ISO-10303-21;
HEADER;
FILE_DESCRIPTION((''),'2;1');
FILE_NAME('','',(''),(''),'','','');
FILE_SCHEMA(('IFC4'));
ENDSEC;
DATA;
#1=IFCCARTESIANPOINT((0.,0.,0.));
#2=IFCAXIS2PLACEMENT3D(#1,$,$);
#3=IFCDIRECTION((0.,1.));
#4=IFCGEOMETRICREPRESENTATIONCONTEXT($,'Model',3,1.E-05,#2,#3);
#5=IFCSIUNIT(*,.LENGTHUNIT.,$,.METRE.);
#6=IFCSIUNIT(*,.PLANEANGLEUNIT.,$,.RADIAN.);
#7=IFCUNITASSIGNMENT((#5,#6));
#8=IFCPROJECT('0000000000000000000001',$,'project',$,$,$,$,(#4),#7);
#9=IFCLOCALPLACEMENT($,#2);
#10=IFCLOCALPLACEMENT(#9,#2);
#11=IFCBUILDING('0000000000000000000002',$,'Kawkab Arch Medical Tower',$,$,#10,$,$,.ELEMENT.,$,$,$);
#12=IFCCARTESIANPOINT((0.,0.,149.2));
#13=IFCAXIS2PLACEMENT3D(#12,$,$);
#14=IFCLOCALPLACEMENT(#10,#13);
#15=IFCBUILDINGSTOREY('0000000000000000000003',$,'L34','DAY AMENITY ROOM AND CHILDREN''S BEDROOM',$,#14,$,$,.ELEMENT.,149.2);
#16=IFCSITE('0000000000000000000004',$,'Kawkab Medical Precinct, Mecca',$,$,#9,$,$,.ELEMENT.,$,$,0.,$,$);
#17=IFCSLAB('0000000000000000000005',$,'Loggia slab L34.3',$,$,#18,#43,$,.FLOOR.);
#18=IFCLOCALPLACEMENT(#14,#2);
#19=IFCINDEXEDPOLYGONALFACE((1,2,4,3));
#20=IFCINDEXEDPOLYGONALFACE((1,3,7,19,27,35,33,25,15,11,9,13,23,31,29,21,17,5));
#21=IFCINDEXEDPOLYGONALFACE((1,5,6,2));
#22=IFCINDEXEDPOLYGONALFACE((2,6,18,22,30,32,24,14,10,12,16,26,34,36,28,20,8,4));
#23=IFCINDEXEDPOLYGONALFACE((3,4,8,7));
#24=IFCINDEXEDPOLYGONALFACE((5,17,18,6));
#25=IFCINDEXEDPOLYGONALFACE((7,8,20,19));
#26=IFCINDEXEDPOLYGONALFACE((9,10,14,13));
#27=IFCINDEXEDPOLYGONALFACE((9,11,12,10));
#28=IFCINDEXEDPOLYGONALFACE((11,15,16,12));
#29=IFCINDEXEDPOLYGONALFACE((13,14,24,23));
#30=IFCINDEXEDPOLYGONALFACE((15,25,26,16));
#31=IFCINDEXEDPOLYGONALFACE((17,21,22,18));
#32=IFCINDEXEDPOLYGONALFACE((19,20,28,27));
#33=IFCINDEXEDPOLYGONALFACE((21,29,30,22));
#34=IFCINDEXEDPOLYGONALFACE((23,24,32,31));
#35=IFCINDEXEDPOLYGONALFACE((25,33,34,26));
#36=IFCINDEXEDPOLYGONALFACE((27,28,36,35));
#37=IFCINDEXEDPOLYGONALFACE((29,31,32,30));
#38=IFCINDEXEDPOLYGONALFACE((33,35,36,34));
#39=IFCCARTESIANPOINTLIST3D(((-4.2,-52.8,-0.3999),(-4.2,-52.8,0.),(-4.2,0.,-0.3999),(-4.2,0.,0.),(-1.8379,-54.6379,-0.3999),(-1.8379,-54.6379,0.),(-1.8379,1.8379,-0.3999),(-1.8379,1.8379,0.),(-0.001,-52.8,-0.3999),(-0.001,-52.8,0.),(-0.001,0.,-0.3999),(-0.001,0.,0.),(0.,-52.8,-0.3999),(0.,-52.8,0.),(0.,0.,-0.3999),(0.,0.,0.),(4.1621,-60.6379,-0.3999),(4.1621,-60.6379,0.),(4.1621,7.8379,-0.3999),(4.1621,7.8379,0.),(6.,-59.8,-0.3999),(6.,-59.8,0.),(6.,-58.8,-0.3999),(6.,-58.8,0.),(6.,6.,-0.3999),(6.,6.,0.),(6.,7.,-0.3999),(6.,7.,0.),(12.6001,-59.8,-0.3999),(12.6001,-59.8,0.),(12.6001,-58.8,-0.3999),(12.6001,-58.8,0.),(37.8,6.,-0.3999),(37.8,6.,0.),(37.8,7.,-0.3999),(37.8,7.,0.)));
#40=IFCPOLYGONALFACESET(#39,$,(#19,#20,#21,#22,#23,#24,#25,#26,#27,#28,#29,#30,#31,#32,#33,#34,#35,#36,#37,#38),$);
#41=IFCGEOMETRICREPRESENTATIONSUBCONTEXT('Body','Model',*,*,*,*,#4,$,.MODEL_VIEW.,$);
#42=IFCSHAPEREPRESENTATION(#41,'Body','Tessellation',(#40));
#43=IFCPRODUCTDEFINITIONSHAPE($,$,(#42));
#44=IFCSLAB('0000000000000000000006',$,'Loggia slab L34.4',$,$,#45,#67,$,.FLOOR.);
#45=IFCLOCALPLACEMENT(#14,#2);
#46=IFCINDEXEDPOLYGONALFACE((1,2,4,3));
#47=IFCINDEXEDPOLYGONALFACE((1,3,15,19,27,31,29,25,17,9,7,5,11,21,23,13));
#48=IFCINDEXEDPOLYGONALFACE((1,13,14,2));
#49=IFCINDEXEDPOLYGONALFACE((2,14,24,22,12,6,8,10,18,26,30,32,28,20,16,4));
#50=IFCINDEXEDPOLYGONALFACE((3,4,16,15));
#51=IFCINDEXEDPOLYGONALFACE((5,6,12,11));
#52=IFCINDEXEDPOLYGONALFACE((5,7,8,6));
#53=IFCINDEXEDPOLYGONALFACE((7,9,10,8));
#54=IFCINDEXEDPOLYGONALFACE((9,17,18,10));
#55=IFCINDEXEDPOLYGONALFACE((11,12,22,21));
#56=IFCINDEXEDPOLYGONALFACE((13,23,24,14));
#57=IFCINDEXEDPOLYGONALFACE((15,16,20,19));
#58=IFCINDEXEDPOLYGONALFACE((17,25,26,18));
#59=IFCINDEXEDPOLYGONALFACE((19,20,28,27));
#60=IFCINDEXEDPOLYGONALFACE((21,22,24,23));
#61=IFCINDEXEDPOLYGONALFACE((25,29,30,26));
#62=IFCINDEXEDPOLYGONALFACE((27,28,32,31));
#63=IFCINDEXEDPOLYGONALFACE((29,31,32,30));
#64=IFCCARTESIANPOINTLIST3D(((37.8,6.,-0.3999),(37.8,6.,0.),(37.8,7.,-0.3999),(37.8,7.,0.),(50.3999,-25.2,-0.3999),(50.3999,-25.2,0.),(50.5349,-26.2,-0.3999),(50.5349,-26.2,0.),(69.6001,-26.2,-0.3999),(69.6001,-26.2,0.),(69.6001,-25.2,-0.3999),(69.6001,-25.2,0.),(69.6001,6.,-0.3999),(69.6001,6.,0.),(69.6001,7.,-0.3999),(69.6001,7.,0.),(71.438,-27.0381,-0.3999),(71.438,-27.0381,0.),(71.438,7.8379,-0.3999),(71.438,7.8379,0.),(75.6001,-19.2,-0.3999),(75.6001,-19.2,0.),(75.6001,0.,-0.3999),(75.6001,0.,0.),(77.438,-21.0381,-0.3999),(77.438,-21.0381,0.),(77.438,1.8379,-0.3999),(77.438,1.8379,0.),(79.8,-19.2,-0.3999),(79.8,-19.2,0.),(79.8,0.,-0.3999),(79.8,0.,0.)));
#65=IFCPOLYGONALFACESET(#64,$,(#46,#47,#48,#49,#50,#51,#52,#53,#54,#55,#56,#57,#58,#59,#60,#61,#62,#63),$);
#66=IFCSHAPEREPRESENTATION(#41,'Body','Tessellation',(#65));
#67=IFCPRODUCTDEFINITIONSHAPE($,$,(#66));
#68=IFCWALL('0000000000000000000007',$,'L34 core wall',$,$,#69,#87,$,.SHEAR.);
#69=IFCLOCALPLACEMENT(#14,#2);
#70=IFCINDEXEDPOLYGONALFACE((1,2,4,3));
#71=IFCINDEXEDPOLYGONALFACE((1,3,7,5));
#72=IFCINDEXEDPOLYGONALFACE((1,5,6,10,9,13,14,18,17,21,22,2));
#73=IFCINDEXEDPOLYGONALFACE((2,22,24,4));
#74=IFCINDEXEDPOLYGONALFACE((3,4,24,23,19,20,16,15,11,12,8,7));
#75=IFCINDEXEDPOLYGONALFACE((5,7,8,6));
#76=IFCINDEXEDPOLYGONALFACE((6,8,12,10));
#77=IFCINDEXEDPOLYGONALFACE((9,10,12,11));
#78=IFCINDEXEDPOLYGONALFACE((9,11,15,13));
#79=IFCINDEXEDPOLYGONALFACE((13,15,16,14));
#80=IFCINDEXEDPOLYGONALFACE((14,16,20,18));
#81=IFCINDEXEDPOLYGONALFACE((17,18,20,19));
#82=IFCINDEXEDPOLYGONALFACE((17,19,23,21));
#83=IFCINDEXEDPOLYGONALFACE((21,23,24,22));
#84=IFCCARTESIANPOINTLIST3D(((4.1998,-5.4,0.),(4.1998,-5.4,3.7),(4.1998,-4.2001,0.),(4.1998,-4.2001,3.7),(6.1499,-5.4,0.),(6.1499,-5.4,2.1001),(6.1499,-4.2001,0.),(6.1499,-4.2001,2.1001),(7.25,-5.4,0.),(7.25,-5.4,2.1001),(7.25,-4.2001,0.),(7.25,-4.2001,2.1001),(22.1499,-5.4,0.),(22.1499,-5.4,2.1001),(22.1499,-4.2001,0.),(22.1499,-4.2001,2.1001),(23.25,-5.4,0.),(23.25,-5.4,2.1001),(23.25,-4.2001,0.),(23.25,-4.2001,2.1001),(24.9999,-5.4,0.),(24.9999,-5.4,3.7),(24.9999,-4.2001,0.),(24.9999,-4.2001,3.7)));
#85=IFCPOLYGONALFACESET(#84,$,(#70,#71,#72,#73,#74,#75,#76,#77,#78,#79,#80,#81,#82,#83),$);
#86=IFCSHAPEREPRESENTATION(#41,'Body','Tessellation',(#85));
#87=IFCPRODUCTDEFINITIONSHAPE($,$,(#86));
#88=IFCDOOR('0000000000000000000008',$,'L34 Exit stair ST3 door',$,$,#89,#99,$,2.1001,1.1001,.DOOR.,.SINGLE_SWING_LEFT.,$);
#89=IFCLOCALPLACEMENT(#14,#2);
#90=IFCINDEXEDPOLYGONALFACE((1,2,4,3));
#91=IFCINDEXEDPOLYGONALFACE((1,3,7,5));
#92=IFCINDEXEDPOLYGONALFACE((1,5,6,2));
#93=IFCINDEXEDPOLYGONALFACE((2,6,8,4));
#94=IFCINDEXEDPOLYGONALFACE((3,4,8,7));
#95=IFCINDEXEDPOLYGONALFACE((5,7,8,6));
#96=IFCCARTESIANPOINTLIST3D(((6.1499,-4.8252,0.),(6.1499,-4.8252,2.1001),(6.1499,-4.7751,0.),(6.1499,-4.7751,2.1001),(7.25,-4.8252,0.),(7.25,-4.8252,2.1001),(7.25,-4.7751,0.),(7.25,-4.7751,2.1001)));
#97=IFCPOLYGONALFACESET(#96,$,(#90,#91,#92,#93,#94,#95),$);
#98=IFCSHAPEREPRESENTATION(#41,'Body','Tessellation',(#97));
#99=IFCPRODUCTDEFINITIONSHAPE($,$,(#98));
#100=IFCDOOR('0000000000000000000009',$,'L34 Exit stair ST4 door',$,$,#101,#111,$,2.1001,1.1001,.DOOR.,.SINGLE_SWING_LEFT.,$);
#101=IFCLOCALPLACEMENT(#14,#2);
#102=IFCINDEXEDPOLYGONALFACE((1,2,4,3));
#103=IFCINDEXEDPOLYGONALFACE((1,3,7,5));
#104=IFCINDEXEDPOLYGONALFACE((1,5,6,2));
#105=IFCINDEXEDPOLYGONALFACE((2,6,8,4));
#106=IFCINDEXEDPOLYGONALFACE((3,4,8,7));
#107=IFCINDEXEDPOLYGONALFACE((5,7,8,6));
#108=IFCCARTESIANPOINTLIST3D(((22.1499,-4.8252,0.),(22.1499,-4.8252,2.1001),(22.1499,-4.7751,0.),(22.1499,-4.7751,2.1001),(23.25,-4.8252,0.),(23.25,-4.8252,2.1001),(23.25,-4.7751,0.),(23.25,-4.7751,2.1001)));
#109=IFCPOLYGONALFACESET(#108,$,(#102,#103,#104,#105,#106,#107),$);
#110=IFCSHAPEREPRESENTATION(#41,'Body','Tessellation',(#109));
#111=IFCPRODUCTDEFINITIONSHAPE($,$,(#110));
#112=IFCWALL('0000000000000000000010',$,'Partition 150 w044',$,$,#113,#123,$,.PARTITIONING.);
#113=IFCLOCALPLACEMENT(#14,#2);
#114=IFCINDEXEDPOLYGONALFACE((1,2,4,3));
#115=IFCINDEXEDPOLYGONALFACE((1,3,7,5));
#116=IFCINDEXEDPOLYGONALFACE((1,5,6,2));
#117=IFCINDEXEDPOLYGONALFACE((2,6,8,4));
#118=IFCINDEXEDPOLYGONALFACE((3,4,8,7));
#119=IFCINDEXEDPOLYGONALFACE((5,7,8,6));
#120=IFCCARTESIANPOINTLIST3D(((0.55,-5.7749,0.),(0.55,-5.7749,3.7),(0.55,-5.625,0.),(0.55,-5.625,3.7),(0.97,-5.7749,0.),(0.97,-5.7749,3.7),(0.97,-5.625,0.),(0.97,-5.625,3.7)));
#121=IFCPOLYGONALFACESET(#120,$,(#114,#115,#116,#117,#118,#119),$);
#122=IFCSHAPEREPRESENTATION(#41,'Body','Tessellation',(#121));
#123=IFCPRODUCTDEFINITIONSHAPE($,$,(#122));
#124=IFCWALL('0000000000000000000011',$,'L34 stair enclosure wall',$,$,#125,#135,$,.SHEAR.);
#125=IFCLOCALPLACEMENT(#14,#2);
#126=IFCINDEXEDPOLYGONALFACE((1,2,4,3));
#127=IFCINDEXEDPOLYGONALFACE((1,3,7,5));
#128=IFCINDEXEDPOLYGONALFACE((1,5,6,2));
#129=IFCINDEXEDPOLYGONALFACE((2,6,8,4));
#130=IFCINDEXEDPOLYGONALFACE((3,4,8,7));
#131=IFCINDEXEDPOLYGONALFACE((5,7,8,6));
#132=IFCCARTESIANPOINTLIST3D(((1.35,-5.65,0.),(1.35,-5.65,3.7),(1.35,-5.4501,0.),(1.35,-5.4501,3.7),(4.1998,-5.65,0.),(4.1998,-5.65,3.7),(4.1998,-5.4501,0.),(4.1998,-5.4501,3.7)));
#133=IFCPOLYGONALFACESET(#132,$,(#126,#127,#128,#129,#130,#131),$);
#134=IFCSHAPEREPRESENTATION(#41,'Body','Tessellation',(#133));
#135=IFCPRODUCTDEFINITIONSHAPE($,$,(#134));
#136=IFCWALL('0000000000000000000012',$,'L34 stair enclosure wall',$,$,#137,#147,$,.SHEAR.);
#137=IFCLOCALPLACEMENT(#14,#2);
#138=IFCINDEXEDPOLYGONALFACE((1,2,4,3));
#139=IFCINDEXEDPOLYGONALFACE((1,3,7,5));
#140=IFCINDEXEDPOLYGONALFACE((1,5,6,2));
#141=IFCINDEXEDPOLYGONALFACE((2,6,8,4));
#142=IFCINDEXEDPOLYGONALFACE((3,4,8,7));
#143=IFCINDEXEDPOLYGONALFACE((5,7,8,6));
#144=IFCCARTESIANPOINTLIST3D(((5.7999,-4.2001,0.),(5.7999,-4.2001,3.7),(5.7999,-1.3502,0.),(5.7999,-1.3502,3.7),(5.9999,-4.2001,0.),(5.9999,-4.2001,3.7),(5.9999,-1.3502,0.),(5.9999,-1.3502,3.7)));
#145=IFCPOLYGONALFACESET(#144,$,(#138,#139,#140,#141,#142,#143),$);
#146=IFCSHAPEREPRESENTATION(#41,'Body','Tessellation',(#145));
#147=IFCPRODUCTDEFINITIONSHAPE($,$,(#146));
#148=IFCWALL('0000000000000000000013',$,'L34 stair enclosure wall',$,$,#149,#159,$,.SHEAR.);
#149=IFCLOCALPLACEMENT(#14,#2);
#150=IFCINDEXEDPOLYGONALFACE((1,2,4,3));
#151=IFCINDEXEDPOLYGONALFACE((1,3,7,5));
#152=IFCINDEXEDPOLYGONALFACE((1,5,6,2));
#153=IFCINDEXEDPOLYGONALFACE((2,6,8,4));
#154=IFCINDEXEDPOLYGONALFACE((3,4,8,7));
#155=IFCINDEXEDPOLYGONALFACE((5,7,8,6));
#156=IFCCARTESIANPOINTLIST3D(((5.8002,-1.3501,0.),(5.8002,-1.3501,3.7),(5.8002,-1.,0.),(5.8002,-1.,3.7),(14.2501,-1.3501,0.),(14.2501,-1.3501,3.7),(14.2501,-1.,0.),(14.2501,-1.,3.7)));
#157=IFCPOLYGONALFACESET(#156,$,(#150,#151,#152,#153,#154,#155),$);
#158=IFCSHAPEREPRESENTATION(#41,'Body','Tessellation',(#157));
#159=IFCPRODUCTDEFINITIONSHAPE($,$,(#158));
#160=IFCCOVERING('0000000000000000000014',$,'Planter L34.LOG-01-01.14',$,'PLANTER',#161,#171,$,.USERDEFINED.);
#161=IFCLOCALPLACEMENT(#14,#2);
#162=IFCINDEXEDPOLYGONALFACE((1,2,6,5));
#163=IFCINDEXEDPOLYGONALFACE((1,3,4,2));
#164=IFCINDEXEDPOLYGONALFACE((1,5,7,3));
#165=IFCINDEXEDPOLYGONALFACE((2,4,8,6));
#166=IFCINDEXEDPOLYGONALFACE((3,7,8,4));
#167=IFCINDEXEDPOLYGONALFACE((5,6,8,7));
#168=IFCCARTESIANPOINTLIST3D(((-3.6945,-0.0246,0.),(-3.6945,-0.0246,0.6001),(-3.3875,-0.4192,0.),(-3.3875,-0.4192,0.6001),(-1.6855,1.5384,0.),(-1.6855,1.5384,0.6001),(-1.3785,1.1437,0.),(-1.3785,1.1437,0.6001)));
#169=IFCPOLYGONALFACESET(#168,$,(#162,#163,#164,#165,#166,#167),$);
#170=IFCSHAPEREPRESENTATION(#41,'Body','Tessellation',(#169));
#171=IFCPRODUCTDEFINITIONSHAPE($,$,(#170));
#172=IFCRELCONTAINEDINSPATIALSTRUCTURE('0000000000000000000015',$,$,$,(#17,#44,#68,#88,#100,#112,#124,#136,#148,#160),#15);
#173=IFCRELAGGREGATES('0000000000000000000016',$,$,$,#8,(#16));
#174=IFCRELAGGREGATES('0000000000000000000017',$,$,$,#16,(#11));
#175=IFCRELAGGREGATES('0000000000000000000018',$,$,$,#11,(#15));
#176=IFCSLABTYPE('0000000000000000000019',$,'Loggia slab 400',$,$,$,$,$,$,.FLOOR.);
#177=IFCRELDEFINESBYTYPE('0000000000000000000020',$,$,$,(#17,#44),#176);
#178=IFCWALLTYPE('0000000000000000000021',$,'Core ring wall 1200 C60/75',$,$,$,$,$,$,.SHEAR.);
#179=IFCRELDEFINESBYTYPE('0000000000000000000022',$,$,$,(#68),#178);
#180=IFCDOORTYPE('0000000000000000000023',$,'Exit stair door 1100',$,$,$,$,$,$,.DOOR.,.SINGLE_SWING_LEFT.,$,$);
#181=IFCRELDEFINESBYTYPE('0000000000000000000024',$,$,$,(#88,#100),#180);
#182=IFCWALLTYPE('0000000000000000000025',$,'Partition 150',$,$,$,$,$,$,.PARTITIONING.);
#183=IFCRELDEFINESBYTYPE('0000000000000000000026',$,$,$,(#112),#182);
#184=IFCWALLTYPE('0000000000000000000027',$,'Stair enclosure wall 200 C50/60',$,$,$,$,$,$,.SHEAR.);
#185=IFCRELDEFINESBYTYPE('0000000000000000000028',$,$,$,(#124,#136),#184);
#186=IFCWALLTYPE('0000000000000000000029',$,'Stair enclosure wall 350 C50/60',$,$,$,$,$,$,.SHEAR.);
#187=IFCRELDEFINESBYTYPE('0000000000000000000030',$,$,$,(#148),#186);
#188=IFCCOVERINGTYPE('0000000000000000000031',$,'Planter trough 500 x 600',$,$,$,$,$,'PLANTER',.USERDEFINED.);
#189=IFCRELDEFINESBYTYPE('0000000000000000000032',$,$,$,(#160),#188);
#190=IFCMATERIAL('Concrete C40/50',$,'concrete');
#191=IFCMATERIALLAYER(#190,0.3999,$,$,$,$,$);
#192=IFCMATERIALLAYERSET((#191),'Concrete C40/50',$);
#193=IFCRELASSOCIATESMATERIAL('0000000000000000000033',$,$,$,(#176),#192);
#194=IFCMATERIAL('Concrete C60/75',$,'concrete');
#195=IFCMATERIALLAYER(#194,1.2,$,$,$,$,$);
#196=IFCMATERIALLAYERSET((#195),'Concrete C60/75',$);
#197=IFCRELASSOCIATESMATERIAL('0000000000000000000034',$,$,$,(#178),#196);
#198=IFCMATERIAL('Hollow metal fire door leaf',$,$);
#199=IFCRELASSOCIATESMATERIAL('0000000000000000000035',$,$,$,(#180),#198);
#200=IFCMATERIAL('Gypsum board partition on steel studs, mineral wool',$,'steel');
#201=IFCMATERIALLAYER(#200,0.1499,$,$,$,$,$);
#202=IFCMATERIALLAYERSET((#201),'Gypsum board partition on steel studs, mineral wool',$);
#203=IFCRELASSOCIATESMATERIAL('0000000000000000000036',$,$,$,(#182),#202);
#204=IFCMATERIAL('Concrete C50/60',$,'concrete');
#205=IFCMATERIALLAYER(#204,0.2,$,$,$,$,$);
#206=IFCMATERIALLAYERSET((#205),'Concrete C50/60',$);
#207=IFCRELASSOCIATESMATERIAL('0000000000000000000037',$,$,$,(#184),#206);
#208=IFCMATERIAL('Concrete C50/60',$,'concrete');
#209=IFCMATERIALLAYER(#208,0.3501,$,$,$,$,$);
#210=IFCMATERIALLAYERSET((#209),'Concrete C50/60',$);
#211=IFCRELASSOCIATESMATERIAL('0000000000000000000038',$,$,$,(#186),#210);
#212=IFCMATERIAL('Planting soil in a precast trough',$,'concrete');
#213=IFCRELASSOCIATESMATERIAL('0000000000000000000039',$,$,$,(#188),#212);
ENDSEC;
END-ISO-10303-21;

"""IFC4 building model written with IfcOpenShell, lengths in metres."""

from ifc_helpers import new_model, si_unit, direction, frame, frame_2d, origin, origin_2d, place, context, subcontext, project, spatial, polyline, rectangle, outline, extrude, material, layer, layer_set, material_profile, profile_set, type_object, element, fill, save


model = new_model("IFC4")

# Units and contexts
model_context = context("Model", 3, precision=1e-05, world=origin(), true_north=direction((0.0, 1.0)))
body_context = subcontext(model_context, "Body", "Model", "MODEL_VIEW")
ifc_project = project(units=[si_unit("LENGTHUNIT", "METRE"), si_unit("PLANEANGLEUNIT", "RADIAN")], contexts=[model_context])

# Site, building, storey
site_placement = place(None, origin())
site = spatial("IfcSite", under=ifc_project, at=site_placement, Name="Kawkab Medical Precinct, Mecca", CompositionType="ELEMENT", RefElevation=0.0)
building_placement = place(site_placement, origin())
building = spatial("IfcBuilding", under=site, at=building_placement, Name="Kawkab Arch Medical Tower", CompositionType="ELEMENT")
storey_placement = place(building_placement, frame((0.0, 0.0, 149.2)))
storey = spatial("IfcBuildingStorey", under=building, at=storey_placement, Name="L34", Description="DAY AMENITY ROOM AND CHILDREN'S BEDROOM", CompositionType="ELEMENT", Elevation=149.2)

# Slabs
ifc_material_1 = material(Name="Concrete C40/50", Category="concrete")
ifc_layer_1 = layer(ifc_material_1, 0.3999)
ifc_layer_set_1 = layer_set([ifc_layer_1], Name="Concrete C40/50")
slab_type_1 = type_object("IfcSlabType", Name="Loggia slab 400", PredefinedType="FLOOR", material=ifc_layer_set_1)
placement_1 = place(storey_placement, frame((0.0, 0.0, -0.3999)))
element("IfcSlab", 1, at=placement_1, inside=storey, type_object=slab_type_1, Name="Loggia slab L34.3", PredefinedType="FLOOR", context=body_context, shape_type="SweptSolid", body=[
    extrude(outline(polyline([(-4.2, 0.0), (-1.8379, 1.8379), (4.1621, 7.8379), (6.0, 7.0), (37.8, 7.0), (37.8, 6.0), (6.0, 6.0), (0.0, 0.0), (-0.001, 0.0), (-0.001, -52.8), (0.0, -52.8), (6.0, -58.8), (12.6001, -58.8), (12.6001, -59.8), (6.0, -59.8), (4.1621, -60.6379), (-1.8379, -54.6379), (-4.2, -52.8), (-4.2, 0.0)])), origin(), (0.0, 0.0, 1.0), 0.3999),
])
element("IfcSlab", 2, at=placement_1, inside=storey, type_object=slab_type_1, Name="Loggia slab L34.4", PredefinedType="FLOOR", context=body_context, shape_type="SweptSolid", body=[
    extrude(outline(polyline([(37.8, 7.0), (69.6001, 7.0), (71.438, 7.8379), (77.438, 1.8379), (79.8, 0.0), (79.8, -19.2), (77.438, -21.0381), (71.438, -27.0381), (69.6001, -26.2), (50.5349, -26.2), (50.3999, -25.2), (69.6001, -25.2), (75.6001, -19.2), (75.6001, 0.0), (69.6001, 6.0), (37.8, 6.0), (37.8, 7.0)])), origin(), (0.0, 0.0, 1.0), 0.3999),
])

# Wall, openings, doors
ifc_material_2 = material(Name="Concrete C60/75", Category="concrete")
ifc_layer_2 = layer(ifc_material_2, 1.2)
ifc_layer_set_2 = layer_set([ifc_layer_2], Name="Concrete C60/75")
wall_type_1 = type_object("IfcWallType", Name="Core ring wall 1200 C60/75", PredefinedType="SHEAR", material=ifc_layer_set_2)
wall_1_placement = place(storey_placement, frame((4.2, -4.8, 0.0), z_axis=(0.0, 0.0, 1.0), x_axis=(1.0, 0.0, 0.0)))
wall_1 = element("IfcWall", 3, at=wall_1_placement, inside=storey, type_object=wall_type_1, Name="L34 core wall", PredefinedType="SHEAR", context=body_context, shape_type="SweptSolid", body=[
    extrude(rectangle(XDim=20.8, YDim=1.2, at=frame_2d((10.3999, 0.0))), origin(), (0.0, 0.0, 1.0), 3.7),
])
opening_1_placement = place(wall_1_placement, frame((1.95, 0.0, 0.0)))
opening_1 = element("IfcOpeningElement", 4, at=opening_1_placement, cuts=wall_1, PredefinedType="OPENING", context=body_context, shape_type="SweptSolid", body=[
    extrude(rectangle(XDim=1.1001, YDim=2.1001, at=frame_2d((0.55, 1.05))), frame((0.0, 0.6099, 0.0), z_axis=(0.0, -1.0, 0.0), x_axis=(1.0, 0.0, 0.0)), (0.0, 0.0, 1.0), 1.22),
])
opening_2_placement = place(wall_1_placement, frame((17.95, 0.0, 0.0)))
opening_2 = element("IfcOpeningElement", 5, at=opening_2_placement, cuts=wall_1, PredefinedType="OPENING", context=body_context, shape_type="SweptSolid", body=[
    extrude(rectangle(XDim=1.1001, YDim=2.1001, at=frame_2d((0.55, 1.05))), frame((0.0, 0.6099, 0.0), z_axis=(0.0, -1.0, 0.0), x_axis=(1.0, 0.0, 0.0)), (0.0, 0.0, 1.0), 1.22),
])
ifc_material_3 = material(Name="Hollow metal fire door leaf")
door_type = type_object("IfcDoorType", Name="Exit stair door 1100", OperationType="SINGLE_SWING_LEFT", PredefinedType="DOOR", material=ifc_material_3)
door_1_placement = place(opening_1_placement, origin())
door_1 = element("IfcDoor", 6, at=door_1_placement, inside=storey, type_object=door_type, Name="L34 Exit stair ST3 door", OperationType="SINGLE_SWING_LEFT", OverallHeight=2.1001, OverallWidth=1.1001, PredefinedType="DOOR", context=body_context, shape_type="SweptSolid", body=[
    extrude(rectangle(XDim=1.1001, YDim=2.1001, at=frame_2d((0.55, 1.05))), frame((0.0, 0.0249, 0.0), z_axis=(0.0, -1.0, 0.0), x_axis=(1.0, 0.0, 0.0)), (0.0, 0.0, 1.0), 0.05),
])
fill(opening_1, door_1)
door_2_placement = place(opening_2_placement, origin())
door_2 = element("IfcDoor", 7, at=door_2_placement, inside=storey, type_object=door_type, Name="L34 Exit stair ST4 door", OperationType="SINGLE_SWING_LEFT", OverallHeight=2.1001, OverallWidth=1.1001, PredefinedType="DOOR", context=body_context, shape_type="SweptSolid", body=[
    extrude(rectangle(XDim=1.1001, YDim=2.1001, at=frame_2d((0.55, 1.05))), frame((0.0, 0.0249, 0.0), z_axis=(0.0, -1.0, 0.0), x_axis=(1.0, 0.0, 0.0)), (0.0, 0.0, 1.0), 0.05),
])
fill(opening_2, door_2)

# Walls
ifc_material_4 = material(Name="Gypsum board partition on steel studs, mineral wool", Category="steel")
ifc_layer_3 = layer(ifc_material_4, 0.1499)
ifc_layer_set_3 = layer_set([ifc_layer_3], Name="Gypsum board partition on steel studs, mineral wool")
wall_type_2 = type_object("IfcWallType", Name="Partition 150", PredefinedType="PARTITIONING", material=ifc_layer_set_3)
wall_2_placement = place(storey_placement, frame((0.55, -5.7, 0.0), z_axis=(0.0, 0.0, 1.0), x_axis=(1.0, 0.0, 0.0)))
element("IfcWall", 8, at=wall_2_placement, inside=storey, type_object=wall_type_2, Name="Partition 150 w044", PredefinedType="PARTITIONING", context=body_context, shape_type="SweptSolid", body=[
    extrude(rectangle(XDim=0.4199, YDim=0.1499, at=frame_2d((0.21, 0.0))), origin(), (0.0, 0.0, 1.0), 3.7),
])
ifc_material_5 = material(Name="Concrete C50/60", Category="concrete")
ifc_layer_4 = layer(ifc_material_5, 0.2)
ifc_layer_set_4 = layer_set([ifc_layer_4], Name="Concrete C50/60")
wall_type_3 = type_object("IfcWallType", Name="Stair enclosure wall 200 C50/60", PredefinedType="SHEAR", material=ifc_layer_set_4)
for number, where, z_axis, x_axis, name in (
    (9, (1.3501, -5.55, 0.0), (0.0, 0.0, 1.0), (1.0, 0.0, 0.0), "L34 stair enclosure wall"),
    (10, (5.8999, -4.2, 0.0), (0.0, 0.0, 1.0), (0.0, 1.0, 0.0), "L34 stair enclosure wall"),
):
    element("IfcWall", number, at=place(storey_placement, frame(where, z_axis=z_axis, x_axis=x_axis)), inside=storey, type_object=wall_type_3, Name=name, PredefinedType="SHEAR", context=body_context, shape_type="SweptSolid", body=[
        extrude(rectangle(XDim=2.8499, YDim=0.2, at=frame_2d((1.4248, 0.0))), origin(), (0.0, 0.0, 1.0), 3.7),
    ])
ifc_material_6 = material(Name="Concrete C50/60", Category="concrete")
ifc_layer_5 = layer(ifc_material_6, 0.3501)
ifc_layer_set_5 = layer_set([ifc_layer_5], Name="Concrete C50/60")
wall_type_4 = type_object("IfcWallType", Name="Stair enclosure wall 350 C50/60", PredefinedType="SHEAR", material=ifc_layer_set_5)
wall_3_placement = place(storey_placement, frame((5.8, -1.175, 0.0), z_axis=(0.0, 0.0, 1.0), x_axis=(1.0, 0.0, 0.0)))
element("IfcWall", 11, at=wall_3_placement, inside=storey, type_object=wall_type_4, Name="L34 stair enclosure wall", PredefinedType="SHEAR", context=body_context, shape_type="SweptSolid", body=[
    extrude(rectangle(XDim=8.45, YDim=0.3501, at=frame_2d((4.2251, 0.0))), origin(), (0.0, 0.0, 1.0), 3.7),
])

# Covering
ifc_material_7 = material(Name="Planting soil in a precast trough", Category="concrete")
ifc_material_profile_1 = material_profile(ifc_material_7, rectangle(XDim=0.5, YDim=0.6001, at=origin_2d()), Name="Trough 500x600")
ifc_profile_set_1 = profile_set([ifc_material_profile_1], Name="Planting soil in a precast trough")
covering_type = type_object("IfcCoveringType", Name="Planter trough 500 x 600", ElementType="PLANTER", PredefinedType="USERDEFINED", material=ifc_profile_set_1)
covering_1_placement = place(storey_placement, frame((-3.541, -0.2219, 0.3), z_axis=(0.789275, 0.61404, 0.0), x_axis=(-0.61404, 0.789275, 0.0)))
element("IfcCovering", 12, at=covering_1_placement, inside=storey, type_object=covering_type, Name="Planter L34.LOG-01-01.14", ObjectType="PLANTER", PredefinedType="USERDEFINED", context=body_context, shape_type="SweptSolid", body=[
    extrude(rectangle(XDim=0.5, YDim=0.6001, at=origin_2d()), origin(), (0.0, 0.0, 1.0), 2.5454),
])

save(model, "model.ifc")
